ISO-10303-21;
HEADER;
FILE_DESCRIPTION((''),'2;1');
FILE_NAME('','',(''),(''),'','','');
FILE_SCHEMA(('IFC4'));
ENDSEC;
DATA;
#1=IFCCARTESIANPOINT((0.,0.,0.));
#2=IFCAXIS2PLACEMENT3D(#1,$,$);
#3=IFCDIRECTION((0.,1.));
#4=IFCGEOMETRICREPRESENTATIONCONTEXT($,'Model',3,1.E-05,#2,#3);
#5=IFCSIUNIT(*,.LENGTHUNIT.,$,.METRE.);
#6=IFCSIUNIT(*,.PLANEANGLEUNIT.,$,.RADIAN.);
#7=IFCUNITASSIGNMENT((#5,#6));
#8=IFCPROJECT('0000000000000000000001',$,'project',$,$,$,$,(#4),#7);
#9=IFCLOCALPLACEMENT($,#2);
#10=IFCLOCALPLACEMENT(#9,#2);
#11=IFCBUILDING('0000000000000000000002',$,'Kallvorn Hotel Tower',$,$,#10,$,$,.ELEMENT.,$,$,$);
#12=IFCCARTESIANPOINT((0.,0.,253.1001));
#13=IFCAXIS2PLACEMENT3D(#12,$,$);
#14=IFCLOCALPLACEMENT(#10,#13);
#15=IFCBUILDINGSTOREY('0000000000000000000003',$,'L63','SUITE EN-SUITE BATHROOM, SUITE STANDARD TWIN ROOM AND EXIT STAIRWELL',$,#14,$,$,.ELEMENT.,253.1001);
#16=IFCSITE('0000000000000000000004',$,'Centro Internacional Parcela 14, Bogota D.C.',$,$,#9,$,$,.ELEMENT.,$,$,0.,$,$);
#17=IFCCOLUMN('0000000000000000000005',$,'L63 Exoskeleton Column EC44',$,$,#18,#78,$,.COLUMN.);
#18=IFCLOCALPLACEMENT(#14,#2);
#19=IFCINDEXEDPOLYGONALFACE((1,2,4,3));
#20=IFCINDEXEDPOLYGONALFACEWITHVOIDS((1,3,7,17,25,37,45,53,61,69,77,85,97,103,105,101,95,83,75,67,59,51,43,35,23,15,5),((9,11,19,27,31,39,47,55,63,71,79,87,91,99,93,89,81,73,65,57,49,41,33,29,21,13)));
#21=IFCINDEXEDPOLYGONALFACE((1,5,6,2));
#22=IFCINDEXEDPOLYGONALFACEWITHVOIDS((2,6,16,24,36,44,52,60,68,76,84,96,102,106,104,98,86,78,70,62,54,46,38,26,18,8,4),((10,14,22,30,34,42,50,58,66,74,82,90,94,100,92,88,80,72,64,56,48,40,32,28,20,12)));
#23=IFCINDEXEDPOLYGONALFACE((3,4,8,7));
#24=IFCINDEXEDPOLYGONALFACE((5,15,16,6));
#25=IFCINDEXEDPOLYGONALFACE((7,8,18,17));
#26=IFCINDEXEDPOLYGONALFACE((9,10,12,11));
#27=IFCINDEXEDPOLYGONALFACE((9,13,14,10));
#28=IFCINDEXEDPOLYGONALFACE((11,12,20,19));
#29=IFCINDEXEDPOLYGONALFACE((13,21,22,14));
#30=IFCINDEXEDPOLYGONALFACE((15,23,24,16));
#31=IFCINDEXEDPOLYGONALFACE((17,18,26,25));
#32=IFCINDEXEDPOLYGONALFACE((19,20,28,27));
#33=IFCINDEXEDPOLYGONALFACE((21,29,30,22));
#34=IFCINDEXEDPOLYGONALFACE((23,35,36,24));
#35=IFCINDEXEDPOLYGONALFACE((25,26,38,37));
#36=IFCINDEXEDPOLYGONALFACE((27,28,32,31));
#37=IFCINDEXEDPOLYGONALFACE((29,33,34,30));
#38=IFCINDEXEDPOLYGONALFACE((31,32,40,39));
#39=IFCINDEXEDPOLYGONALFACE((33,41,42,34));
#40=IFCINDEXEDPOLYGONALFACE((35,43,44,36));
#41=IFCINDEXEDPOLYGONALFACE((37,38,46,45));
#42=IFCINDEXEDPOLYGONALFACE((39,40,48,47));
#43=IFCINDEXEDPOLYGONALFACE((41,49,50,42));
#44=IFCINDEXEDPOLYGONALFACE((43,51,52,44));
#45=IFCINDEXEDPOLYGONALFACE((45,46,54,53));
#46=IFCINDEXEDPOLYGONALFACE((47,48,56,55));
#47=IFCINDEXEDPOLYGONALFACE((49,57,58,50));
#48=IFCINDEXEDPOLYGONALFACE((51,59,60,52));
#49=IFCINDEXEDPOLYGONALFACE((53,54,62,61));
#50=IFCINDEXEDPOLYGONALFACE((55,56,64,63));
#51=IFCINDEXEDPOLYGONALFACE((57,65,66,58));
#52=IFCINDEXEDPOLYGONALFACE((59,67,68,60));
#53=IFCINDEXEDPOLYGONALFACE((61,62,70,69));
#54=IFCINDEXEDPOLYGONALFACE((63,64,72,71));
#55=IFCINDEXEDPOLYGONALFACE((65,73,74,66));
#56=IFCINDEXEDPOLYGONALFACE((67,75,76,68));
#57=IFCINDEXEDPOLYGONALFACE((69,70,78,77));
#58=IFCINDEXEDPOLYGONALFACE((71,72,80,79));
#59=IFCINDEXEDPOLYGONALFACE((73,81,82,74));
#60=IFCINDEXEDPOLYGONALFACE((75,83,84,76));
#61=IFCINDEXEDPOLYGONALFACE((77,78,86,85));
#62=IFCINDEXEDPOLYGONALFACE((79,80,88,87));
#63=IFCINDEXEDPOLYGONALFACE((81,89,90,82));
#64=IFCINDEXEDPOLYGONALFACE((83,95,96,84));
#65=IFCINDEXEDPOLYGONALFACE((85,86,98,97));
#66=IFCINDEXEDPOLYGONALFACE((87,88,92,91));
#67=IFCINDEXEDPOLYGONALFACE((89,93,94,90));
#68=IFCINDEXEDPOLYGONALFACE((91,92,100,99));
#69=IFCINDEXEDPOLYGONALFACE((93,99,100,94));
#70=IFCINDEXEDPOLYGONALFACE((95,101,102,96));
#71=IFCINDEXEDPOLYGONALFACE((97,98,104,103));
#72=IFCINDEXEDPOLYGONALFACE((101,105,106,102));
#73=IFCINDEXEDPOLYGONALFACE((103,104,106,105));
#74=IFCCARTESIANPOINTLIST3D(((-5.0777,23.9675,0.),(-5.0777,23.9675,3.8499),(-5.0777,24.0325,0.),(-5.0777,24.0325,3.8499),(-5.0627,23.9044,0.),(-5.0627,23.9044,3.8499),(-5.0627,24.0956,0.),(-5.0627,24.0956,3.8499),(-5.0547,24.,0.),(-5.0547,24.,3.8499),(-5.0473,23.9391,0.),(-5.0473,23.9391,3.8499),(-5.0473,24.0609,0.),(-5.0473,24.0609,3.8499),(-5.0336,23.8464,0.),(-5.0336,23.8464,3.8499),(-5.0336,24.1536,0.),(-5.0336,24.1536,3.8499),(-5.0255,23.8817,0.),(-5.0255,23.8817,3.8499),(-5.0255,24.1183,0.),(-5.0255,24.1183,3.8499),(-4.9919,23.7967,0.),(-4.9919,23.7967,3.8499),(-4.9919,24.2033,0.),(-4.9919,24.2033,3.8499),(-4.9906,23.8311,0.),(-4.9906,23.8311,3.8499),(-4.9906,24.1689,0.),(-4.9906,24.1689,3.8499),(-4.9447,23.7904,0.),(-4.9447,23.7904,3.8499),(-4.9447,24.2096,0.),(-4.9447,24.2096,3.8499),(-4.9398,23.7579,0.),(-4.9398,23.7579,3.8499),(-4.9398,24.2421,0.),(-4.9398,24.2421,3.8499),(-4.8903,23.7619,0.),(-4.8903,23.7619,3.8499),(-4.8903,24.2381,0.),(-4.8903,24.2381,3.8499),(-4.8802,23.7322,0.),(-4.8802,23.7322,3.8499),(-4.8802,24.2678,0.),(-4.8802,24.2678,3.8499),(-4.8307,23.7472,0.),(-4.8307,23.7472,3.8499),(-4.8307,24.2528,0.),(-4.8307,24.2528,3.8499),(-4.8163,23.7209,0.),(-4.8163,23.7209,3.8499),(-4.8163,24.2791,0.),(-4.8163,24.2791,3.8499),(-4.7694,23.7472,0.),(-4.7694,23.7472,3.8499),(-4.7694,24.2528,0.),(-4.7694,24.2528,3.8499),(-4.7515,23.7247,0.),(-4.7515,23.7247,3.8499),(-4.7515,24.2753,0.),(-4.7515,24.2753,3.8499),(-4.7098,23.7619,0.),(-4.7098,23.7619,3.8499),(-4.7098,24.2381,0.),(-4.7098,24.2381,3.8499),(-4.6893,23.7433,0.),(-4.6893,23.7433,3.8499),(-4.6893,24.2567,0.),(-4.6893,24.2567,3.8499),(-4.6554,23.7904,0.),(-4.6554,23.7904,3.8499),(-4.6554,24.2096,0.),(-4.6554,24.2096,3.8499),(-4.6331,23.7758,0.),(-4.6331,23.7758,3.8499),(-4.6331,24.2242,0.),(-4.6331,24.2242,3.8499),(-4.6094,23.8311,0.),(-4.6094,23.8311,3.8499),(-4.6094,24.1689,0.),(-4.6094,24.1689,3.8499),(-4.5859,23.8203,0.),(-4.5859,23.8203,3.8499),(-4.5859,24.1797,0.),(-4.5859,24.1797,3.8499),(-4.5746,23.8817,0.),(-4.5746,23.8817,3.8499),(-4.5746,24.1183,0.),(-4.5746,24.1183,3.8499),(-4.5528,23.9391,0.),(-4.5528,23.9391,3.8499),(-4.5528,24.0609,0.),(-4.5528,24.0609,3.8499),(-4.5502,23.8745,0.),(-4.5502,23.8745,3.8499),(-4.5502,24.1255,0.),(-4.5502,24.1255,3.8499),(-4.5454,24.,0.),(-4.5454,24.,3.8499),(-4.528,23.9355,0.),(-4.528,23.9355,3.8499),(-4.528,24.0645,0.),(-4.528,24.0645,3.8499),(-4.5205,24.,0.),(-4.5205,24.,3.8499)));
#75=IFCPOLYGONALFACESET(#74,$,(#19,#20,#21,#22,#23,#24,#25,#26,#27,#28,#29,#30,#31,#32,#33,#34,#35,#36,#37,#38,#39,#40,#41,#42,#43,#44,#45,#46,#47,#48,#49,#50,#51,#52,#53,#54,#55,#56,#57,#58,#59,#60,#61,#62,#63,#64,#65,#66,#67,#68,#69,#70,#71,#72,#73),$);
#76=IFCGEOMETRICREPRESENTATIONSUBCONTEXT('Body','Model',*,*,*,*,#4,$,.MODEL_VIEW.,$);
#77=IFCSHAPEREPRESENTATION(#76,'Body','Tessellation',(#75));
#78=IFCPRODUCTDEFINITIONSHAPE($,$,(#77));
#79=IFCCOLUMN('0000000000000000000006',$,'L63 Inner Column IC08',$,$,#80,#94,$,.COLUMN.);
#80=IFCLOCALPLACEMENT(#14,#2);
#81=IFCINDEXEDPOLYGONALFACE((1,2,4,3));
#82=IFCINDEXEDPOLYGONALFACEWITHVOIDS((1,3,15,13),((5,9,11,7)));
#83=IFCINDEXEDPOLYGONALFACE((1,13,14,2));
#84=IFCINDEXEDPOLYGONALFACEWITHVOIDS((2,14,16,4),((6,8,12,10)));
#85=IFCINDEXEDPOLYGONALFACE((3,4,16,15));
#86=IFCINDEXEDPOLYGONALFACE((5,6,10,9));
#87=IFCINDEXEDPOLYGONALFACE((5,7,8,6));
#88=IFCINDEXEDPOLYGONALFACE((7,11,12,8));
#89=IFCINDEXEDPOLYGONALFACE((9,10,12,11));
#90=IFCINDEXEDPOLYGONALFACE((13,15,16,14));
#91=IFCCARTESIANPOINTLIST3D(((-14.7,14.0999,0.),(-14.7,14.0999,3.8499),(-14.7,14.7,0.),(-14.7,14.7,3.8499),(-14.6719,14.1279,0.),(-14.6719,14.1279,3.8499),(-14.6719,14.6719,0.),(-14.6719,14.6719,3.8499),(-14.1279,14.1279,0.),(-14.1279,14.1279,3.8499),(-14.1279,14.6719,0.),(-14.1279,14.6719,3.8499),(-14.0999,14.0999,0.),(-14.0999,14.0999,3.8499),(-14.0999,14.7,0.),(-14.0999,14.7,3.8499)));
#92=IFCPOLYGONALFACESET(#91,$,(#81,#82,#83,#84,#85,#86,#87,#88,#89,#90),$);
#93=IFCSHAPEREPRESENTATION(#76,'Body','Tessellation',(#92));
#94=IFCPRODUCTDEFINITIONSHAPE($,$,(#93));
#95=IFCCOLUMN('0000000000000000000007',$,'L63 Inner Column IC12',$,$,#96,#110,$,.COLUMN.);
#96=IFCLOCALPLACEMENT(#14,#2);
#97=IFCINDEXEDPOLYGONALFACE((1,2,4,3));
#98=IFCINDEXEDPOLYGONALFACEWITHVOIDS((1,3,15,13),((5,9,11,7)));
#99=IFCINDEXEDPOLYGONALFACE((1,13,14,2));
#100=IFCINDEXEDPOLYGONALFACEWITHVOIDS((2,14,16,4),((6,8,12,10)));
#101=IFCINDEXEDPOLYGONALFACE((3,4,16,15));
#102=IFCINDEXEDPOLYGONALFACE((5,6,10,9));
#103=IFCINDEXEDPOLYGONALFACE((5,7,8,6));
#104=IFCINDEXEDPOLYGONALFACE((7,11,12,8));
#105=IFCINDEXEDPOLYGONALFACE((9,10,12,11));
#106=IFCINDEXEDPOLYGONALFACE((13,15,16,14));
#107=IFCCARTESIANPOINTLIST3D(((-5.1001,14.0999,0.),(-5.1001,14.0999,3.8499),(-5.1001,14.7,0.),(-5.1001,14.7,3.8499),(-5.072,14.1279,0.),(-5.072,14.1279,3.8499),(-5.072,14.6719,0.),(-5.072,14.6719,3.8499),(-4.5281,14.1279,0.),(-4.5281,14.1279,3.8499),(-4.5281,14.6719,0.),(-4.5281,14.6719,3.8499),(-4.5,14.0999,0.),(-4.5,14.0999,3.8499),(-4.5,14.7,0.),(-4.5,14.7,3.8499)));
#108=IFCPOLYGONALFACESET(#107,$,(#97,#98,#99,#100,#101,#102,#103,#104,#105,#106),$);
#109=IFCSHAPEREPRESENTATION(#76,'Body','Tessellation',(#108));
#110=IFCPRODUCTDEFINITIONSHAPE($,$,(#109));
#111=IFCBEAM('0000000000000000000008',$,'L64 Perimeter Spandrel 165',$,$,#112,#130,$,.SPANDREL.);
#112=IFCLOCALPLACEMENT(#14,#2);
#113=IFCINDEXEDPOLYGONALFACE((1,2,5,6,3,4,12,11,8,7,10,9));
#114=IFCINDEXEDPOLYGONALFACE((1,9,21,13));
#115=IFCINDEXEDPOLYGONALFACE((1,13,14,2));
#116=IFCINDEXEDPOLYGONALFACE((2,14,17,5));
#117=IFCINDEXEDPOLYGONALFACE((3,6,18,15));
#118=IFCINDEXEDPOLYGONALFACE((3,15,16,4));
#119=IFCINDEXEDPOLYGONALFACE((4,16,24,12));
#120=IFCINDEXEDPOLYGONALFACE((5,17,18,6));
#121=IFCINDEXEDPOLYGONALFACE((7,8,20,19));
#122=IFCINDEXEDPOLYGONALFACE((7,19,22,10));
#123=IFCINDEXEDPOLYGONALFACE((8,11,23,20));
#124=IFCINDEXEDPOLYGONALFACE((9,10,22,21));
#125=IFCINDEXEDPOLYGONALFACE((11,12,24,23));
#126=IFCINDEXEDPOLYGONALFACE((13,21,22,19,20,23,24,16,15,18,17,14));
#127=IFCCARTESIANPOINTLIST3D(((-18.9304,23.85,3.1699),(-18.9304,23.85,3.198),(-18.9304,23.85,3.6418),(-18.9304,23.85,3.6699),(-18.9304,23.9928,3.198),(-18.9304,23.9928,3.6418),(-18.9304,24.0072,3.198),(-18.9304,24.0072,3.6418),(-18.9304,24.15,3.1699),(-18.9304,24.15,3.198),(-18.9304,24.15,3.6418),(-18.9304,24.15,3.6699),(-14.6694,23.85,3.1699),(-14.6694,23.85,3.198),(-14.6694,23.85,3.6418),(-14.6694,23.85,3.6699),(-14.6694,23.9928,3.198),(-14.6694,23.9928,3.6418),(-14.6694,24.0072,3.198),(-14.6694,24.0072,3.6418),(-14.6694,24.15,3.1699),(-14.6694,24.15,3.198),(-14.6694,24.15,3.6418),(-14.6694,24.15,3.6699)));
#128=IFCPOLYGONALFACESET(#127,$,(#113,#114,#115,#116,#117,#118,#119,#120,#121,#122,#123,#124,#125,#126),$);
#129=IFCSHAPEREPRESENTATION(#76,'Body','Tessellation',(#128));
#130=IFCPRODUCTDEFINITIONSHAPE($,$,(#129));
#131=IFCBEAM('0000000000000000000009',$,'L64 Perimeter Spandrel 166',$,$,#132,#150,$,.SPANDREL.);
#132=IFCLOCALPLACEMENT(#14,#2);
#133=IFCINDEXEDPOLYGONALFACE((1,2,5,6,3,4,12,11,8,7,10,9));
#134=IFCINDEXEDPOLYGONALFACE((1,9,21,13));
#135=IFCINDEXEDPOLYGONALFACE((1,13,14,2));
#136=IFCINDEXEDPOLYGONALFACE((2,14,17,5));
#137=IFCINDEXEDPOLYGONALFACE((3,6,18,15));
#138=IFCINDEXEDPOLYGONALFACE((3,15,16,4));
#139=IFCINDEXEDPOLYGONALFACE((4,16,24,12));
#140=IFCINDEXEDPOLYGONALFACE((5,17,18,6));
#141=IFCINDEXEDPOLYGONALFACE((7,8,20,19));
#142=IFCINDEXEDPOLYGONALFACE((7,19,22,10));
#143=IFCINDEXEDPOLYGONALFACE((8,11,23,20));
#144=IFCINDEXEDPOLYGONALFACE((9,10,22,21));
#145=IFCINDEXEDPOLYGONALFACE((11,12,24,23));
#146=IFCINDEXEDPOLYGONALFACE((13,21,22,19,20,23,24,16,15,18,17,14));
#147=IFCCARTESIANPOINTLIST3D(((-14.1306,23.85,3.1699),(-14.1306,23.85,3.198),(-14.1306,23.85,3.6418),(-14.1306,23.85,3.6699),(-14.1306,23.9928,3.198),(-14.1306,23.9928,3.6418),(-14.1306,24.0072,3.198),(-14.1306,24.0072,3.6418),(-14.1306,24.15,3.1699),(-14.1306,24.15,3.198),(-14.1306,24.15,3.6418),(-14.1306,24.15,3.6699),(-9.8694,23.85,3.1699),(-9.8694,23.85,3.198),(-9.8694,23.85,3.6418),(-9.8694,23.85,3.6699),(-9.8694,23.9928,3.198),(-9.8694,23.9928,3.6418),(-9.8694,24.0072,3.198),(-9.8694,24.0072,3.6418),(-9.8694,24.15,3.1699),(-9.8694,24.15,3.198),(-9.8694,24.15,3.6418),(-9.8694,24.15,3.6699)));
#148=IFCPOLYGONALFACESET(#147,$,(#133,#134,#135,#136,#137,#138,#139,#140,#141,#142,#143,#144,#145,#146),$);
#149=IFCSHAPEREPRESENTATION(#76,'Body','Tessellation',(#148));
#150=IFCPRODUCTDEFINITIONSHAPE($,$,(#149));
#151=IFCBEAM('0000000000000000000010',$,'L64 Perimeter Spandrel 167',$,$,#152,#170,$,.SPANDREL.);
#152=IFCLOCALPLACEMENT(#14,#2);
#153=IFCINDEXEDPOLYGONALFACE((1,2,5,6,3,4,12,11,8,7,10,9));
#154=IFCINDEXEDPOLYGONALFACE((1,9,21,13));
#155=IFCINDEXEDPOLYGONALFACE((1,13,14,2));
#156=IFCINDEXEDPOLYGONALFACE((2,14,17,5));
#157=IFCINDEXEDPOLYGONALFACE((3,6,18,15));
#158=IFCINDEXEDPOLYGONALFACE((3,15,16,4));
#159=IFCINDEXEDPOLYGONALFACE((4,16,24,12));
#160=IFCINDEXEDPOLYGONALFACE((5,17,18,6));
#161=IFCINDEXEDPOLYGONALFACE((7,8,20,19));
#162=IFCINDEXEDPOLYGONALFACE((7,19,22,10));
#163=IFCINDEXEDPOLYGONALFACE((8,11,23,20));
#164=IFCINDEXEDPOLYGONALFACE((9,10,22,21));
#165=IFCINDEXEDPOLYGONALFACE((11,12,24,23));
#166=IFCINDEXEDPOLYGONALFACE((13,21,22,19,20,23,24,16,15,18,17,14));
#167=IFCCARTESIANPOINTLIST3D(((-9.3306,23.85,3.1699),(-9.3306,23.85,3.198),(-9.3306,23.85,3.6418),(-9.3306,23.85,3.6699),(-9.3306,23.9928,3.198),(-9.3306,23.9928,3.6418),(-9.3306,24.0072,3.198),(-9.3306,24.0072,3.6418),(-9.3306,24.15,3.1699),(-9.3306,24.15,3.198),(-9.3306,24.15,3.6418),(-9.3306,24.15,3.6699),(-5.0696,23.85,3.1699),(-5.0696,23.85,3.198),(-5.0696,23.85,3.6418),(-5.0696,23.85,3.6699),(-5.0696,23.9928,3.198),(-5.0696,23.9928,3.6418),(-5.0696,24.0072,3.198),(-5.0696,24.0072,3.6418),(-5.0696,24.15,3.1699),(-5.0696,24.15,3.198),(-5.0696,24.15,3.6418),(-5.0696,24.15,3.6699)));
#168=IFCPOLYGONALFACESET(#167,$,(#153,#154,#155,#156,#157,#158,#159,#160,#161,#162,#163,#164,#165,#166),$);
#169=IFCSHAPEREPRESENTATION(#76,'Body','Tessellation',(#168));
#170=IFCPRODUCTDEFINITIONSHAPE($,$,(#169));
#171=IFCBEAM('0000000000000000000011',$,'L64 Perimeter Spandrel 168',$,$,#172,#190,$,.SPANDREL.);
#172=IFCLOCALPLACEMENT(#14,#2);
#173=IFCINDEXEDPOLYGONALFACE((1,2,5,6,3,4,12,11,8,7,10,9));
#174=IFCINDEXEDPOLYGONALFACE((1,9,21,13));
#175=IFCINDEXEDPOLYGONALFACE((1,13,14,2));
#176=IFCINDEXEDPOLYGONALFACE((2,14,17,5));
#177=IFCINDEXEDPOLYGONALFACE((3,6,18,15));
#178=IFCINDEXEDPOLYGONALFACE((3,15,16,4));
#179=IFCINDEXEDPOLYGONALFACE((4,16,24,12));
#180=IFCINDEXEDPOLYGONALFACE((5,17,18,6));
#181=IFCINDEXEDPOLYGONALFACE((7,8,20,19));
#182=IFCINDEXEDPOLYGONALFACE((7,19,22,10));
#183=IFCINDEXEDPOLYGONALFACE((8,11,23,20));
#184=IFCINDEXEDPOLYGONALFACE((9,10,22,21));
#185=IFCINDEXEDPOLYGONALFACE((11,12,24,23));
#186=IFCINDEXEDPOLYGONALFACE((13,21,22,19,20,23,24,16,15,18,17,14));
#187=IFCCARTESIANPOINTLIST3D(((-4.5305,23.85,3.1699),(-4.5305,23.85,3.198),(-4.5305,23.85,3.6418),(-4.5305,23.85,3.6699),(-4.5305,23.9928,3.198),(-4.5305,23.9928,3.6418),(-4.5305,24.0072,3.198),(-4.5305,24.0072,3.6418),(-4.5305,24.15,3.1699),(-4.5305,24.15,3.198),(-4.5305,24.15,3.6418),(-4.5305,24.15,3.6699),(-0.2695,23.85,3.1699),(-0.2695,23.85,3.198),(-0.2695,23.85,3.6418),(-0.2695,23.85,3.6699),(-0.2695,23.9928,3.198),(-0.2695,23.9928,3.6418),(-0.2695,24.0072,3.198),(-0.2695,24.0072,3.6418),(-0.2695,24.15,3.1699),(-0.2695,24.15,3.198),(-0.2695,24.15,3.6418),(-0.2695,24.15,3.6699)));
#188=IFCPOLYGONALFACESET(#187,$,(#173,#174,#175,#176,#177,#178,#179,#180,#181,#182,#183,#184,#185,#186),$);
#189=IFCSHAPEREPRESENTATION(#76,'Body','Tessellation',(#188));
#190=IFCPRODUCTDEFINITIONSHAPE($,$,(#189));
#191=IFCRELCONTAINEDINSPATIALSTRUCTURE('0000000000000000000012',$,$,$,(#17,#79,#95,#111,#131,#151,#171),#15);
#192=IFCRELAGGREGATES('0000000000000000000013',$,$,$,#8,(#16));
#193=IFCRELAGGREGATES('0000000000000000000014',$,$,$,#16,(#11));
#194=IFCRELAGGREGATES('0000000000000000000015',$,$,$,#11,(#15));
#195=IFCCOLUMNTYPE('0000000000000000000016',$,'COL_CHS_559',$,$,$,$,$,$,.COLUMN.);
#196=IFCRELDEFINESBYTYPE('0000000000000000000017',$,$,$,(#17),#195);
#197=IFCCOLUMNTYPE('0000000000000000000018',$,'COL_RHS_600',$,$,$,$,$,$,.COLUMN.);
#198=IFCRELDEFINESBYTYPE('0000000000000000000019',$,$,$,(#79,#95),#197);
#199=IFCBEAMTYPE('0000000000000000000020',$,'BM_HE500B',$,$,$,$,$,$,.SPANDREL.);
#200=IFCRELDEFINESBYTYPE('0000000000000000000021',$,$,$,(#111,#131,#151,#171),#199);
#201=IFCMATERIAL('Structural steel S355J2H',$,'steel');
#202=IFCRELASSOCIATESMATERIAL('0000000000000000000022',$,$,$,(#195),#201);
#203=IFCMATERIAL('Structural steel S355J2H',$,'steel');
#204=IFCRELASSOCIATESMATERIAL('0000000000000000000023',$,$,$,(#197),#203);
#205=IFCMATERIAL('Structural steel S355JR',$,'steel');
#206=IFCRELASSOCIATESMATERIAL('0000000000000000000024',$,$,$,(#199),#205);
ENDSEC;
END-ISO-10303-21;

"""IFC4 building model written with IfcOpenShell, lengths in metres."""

from ifc_helpers import new_model, si_unit, direction, frame, origin, origin_2d, place, context, subcontext, project, spatial, hollow_rectangle, hollow_circle, i_section, extrude, material, material_profile, profile_set, type_object, element, save


model = new_model("IFC4")

# Units and contexts
model_context = context("Model", 3, precision=1e-05, world=origin(), true_north=direction((0.0, 1.0)))
body_context = subcontext(model_context, "Body", "Model", "MODEL_VIEW")
ifc_project = project(units=[si_unit("LENGTHUNIT", "METRE"), si_unit("PLANEANGLEUNIT", "RADIAN")], contexts=[model_context])

# Site, building, storey
site_placement = place(None, origin())
site = spatial("IfcSite", under=ifc_project, at=site_placement, Name="Centro Internacional Parcela 14, Bogota D.C.", CompositionType="ELEMENT", RefElevation=0.0)
building_placement = place(site_placement, origin())
building = spatial("IfcBuilding", under=site, at=building_placement, Name="Kallvorn Hotel Tower", CompositionType="ELEMENT")
storey_placement = place(building_placement, frame((0.0, 0.0, 253.1001)))
storey = spatial("IfcBuildingStorey", under=building, at=storey_placement, Name="L63", Description="SUITE EN-SUITE BATHROOM, SUITE STANDARD TWIN ROOM AND EXIT STAIRWELL", CompositionType="ELEMENT", Elevation=253.1001)

# Columns
ifc_material_1 = material(Name="Structural steel S355J2H", Category="steel")
ifc_material_profile_1 = material_profile(ifc_material_1, hollow_circle(Radius=0.2795, WallThickness=0.0249, at=origin_2d()), Name="CHS 559x25")
ifc_profile_set_1 = profile_set([ifc_material_profile_1], Name="Structural steel S355J2H")
column_type_1 = type_object("IfcColumnType", Name="COL_CHS_559", PredefinedType="COLUMN", material=ifc_profile_set_1)
for number, where, z_axis, x_axis, name in (
    (1, (-4.8, 24.0, 0.0), (0.0, 0.0, 1.0), (1.0, 0.0, 0.0), "L63 Exoskeleton Column EC44"),
):
    element("IfcColumn", number, at=place(storey_placement, frame(where, z_axis=z_axis, x_axis=x_axis)), inside=storey, type_object=column_type_1, Name=name, PredefinedType="COLUMN", context=body_context, shape_type="SweptSolid", body=[
        extrude(hollow_circle(Radius=0.2795, WallThickness=0.0249, at=origin_2d()), origin(), (0.0, 0.0, 1.0), 3.8499),
    ])
ifc_material_2 = material(Name="Structural steel S355J2H", Category="steel")
ifc_material_profile_2 = material_profile(ifc_material_2, hollow_rectangle(XDim=0.6001, YDim=0.6001, WallThickness=0.0281, at=origin_2d()), Name="RHS 600x600x28")
ifc_profile_set_2 = profile_set([ifc_material_profile_2], Name="Structural steel S355J2H")
column_type_2 = type_object("IfcColumnType", Name="COL_RHS_600", PredefinedType="COLUMN", material=ifc_profile_set_2)
for number, where, z_axis, x_axis, name in (
    (2, (-14.3999, 14.3999, 0.0), (0.0, 0.0, 1.0), (1.0, 0.0, 0.0), "L63 Inner Column IC08"),
    (3, (-4.8, 14.3999, 0.0), (0.0, 0.0, 1.0), (1.0, 0.0, 0.0), "L63 Inner Column IC12"),
):
    element("IfcColumn", number, at=place(storey_placement, frame(where, z_axis=z_axis, x_axis=x_axis)), inside=storey, type_object=column_type_2, Name=name, PredefinedType="COLUMN", context=body_context, shape_type="SweptSolid", body=[
        extrude(hollow_rectangle(XDim=0.6001, YDim=0.6001, WallThickness=0.0281, at=origin_2d()), origin(), (0.0, 0.0, 1.0), 3.8499),
    ])

# Beams
ifc_material_3 = material(Name="Structural steel S355JR", Category="steel")
ifc_material_profile_3 = material_profile(ifc_material_3, i_section(OverallWidth=0.3, OverallDepth=0.5, WebThickness=0.0144, FlangeThickness=0.0281, at=origin_2d()), Name="HE 500 B")
ifc_profile_set_3 = profile_set([ifc_material_profile_3], Name="Structural steel S355JR")
beam_type_1 = type_object("IfcBeamType", Name="BM_HE500B", PredefinedType="SPANDREL", material=ifc_profile_set_3)
beam_1_placement = place(storey_placement, frame((-18.9304, 24.0, 3.4199), z_axis=(1.0, 0.0, 0.0), x_axis=(0.0, 1.0, 0.0)))
element("IfcBeam", 4, at=beam_1_placement, inside=storey, type_object=beam_type_1, Name="L64 Perimeter Spandrel 165", PredefinedType="SPANDREL", context=body_context, shape_type="SweptSolid", body=[
    extrude(i_section(OverallWidth=0.3, OverallDepth=0.5, WebThickness=0.0144, FlangeThickness=0.0281, at=origin_2d()), origin(), (0.0, 0.0, 1.0), 4.261),
])
beam_2_placement = place(storey_placement, frame((-14.1306, 24.0, 3.4199), z_axis=(1.0, 0.0, 0.0), x_axis=(0.0, 1.0, 0.0)))
element("IfcBeam", 5, at=beam_2_placement, inside=storey, type_object=beam_type_1, Name="L64 Perimeter Spandrel 166", PredefinedType="SPANDREL", context=body_context, shape_type="SweptSolid", body=[
    extrude(i_section(OverallWidth=0.3, OverallDepth=0.5, WebThickness=0.0144, FlangeThickness=0.0281, at=origin_2d()), origin(), (0.0, 0.0, 1.0), 4.2612),
])
for number, where, z_axis, x_axis, name in (
    (6, (-9.3306, 24.0, 3.4199), (1.0, 0.0, 0.0), (0.0, 1.0, 0.0), "L64 Perimeter Spandrel 167"),
    (7, (-4.5305, 24.0, 3.4199), (1.0, 0.0, 0.0), (0.0, 1.0, 0.0), "L64 Perimeter Spandrel 168"),
):
    element("IfcBeam", number, at=place(storey_placement, frame(where, z_axis=z_axis, x_axis=x_axis)), inside=storey, type_object=beam_type_1, Name=name, PredefinedType="SPANDREL", context=body_context, shape_type="SweptSolid", body=[
        extrude(i_section(OverallWidth=0.3, OverallDepth=0.5, WebThickness=0.0144, FlangeThickness=0.0281, at=origin_2d()), origin(), (0.0, 0.0, 1.0), 4.261),
    ])

save(model, "model.ifc")
